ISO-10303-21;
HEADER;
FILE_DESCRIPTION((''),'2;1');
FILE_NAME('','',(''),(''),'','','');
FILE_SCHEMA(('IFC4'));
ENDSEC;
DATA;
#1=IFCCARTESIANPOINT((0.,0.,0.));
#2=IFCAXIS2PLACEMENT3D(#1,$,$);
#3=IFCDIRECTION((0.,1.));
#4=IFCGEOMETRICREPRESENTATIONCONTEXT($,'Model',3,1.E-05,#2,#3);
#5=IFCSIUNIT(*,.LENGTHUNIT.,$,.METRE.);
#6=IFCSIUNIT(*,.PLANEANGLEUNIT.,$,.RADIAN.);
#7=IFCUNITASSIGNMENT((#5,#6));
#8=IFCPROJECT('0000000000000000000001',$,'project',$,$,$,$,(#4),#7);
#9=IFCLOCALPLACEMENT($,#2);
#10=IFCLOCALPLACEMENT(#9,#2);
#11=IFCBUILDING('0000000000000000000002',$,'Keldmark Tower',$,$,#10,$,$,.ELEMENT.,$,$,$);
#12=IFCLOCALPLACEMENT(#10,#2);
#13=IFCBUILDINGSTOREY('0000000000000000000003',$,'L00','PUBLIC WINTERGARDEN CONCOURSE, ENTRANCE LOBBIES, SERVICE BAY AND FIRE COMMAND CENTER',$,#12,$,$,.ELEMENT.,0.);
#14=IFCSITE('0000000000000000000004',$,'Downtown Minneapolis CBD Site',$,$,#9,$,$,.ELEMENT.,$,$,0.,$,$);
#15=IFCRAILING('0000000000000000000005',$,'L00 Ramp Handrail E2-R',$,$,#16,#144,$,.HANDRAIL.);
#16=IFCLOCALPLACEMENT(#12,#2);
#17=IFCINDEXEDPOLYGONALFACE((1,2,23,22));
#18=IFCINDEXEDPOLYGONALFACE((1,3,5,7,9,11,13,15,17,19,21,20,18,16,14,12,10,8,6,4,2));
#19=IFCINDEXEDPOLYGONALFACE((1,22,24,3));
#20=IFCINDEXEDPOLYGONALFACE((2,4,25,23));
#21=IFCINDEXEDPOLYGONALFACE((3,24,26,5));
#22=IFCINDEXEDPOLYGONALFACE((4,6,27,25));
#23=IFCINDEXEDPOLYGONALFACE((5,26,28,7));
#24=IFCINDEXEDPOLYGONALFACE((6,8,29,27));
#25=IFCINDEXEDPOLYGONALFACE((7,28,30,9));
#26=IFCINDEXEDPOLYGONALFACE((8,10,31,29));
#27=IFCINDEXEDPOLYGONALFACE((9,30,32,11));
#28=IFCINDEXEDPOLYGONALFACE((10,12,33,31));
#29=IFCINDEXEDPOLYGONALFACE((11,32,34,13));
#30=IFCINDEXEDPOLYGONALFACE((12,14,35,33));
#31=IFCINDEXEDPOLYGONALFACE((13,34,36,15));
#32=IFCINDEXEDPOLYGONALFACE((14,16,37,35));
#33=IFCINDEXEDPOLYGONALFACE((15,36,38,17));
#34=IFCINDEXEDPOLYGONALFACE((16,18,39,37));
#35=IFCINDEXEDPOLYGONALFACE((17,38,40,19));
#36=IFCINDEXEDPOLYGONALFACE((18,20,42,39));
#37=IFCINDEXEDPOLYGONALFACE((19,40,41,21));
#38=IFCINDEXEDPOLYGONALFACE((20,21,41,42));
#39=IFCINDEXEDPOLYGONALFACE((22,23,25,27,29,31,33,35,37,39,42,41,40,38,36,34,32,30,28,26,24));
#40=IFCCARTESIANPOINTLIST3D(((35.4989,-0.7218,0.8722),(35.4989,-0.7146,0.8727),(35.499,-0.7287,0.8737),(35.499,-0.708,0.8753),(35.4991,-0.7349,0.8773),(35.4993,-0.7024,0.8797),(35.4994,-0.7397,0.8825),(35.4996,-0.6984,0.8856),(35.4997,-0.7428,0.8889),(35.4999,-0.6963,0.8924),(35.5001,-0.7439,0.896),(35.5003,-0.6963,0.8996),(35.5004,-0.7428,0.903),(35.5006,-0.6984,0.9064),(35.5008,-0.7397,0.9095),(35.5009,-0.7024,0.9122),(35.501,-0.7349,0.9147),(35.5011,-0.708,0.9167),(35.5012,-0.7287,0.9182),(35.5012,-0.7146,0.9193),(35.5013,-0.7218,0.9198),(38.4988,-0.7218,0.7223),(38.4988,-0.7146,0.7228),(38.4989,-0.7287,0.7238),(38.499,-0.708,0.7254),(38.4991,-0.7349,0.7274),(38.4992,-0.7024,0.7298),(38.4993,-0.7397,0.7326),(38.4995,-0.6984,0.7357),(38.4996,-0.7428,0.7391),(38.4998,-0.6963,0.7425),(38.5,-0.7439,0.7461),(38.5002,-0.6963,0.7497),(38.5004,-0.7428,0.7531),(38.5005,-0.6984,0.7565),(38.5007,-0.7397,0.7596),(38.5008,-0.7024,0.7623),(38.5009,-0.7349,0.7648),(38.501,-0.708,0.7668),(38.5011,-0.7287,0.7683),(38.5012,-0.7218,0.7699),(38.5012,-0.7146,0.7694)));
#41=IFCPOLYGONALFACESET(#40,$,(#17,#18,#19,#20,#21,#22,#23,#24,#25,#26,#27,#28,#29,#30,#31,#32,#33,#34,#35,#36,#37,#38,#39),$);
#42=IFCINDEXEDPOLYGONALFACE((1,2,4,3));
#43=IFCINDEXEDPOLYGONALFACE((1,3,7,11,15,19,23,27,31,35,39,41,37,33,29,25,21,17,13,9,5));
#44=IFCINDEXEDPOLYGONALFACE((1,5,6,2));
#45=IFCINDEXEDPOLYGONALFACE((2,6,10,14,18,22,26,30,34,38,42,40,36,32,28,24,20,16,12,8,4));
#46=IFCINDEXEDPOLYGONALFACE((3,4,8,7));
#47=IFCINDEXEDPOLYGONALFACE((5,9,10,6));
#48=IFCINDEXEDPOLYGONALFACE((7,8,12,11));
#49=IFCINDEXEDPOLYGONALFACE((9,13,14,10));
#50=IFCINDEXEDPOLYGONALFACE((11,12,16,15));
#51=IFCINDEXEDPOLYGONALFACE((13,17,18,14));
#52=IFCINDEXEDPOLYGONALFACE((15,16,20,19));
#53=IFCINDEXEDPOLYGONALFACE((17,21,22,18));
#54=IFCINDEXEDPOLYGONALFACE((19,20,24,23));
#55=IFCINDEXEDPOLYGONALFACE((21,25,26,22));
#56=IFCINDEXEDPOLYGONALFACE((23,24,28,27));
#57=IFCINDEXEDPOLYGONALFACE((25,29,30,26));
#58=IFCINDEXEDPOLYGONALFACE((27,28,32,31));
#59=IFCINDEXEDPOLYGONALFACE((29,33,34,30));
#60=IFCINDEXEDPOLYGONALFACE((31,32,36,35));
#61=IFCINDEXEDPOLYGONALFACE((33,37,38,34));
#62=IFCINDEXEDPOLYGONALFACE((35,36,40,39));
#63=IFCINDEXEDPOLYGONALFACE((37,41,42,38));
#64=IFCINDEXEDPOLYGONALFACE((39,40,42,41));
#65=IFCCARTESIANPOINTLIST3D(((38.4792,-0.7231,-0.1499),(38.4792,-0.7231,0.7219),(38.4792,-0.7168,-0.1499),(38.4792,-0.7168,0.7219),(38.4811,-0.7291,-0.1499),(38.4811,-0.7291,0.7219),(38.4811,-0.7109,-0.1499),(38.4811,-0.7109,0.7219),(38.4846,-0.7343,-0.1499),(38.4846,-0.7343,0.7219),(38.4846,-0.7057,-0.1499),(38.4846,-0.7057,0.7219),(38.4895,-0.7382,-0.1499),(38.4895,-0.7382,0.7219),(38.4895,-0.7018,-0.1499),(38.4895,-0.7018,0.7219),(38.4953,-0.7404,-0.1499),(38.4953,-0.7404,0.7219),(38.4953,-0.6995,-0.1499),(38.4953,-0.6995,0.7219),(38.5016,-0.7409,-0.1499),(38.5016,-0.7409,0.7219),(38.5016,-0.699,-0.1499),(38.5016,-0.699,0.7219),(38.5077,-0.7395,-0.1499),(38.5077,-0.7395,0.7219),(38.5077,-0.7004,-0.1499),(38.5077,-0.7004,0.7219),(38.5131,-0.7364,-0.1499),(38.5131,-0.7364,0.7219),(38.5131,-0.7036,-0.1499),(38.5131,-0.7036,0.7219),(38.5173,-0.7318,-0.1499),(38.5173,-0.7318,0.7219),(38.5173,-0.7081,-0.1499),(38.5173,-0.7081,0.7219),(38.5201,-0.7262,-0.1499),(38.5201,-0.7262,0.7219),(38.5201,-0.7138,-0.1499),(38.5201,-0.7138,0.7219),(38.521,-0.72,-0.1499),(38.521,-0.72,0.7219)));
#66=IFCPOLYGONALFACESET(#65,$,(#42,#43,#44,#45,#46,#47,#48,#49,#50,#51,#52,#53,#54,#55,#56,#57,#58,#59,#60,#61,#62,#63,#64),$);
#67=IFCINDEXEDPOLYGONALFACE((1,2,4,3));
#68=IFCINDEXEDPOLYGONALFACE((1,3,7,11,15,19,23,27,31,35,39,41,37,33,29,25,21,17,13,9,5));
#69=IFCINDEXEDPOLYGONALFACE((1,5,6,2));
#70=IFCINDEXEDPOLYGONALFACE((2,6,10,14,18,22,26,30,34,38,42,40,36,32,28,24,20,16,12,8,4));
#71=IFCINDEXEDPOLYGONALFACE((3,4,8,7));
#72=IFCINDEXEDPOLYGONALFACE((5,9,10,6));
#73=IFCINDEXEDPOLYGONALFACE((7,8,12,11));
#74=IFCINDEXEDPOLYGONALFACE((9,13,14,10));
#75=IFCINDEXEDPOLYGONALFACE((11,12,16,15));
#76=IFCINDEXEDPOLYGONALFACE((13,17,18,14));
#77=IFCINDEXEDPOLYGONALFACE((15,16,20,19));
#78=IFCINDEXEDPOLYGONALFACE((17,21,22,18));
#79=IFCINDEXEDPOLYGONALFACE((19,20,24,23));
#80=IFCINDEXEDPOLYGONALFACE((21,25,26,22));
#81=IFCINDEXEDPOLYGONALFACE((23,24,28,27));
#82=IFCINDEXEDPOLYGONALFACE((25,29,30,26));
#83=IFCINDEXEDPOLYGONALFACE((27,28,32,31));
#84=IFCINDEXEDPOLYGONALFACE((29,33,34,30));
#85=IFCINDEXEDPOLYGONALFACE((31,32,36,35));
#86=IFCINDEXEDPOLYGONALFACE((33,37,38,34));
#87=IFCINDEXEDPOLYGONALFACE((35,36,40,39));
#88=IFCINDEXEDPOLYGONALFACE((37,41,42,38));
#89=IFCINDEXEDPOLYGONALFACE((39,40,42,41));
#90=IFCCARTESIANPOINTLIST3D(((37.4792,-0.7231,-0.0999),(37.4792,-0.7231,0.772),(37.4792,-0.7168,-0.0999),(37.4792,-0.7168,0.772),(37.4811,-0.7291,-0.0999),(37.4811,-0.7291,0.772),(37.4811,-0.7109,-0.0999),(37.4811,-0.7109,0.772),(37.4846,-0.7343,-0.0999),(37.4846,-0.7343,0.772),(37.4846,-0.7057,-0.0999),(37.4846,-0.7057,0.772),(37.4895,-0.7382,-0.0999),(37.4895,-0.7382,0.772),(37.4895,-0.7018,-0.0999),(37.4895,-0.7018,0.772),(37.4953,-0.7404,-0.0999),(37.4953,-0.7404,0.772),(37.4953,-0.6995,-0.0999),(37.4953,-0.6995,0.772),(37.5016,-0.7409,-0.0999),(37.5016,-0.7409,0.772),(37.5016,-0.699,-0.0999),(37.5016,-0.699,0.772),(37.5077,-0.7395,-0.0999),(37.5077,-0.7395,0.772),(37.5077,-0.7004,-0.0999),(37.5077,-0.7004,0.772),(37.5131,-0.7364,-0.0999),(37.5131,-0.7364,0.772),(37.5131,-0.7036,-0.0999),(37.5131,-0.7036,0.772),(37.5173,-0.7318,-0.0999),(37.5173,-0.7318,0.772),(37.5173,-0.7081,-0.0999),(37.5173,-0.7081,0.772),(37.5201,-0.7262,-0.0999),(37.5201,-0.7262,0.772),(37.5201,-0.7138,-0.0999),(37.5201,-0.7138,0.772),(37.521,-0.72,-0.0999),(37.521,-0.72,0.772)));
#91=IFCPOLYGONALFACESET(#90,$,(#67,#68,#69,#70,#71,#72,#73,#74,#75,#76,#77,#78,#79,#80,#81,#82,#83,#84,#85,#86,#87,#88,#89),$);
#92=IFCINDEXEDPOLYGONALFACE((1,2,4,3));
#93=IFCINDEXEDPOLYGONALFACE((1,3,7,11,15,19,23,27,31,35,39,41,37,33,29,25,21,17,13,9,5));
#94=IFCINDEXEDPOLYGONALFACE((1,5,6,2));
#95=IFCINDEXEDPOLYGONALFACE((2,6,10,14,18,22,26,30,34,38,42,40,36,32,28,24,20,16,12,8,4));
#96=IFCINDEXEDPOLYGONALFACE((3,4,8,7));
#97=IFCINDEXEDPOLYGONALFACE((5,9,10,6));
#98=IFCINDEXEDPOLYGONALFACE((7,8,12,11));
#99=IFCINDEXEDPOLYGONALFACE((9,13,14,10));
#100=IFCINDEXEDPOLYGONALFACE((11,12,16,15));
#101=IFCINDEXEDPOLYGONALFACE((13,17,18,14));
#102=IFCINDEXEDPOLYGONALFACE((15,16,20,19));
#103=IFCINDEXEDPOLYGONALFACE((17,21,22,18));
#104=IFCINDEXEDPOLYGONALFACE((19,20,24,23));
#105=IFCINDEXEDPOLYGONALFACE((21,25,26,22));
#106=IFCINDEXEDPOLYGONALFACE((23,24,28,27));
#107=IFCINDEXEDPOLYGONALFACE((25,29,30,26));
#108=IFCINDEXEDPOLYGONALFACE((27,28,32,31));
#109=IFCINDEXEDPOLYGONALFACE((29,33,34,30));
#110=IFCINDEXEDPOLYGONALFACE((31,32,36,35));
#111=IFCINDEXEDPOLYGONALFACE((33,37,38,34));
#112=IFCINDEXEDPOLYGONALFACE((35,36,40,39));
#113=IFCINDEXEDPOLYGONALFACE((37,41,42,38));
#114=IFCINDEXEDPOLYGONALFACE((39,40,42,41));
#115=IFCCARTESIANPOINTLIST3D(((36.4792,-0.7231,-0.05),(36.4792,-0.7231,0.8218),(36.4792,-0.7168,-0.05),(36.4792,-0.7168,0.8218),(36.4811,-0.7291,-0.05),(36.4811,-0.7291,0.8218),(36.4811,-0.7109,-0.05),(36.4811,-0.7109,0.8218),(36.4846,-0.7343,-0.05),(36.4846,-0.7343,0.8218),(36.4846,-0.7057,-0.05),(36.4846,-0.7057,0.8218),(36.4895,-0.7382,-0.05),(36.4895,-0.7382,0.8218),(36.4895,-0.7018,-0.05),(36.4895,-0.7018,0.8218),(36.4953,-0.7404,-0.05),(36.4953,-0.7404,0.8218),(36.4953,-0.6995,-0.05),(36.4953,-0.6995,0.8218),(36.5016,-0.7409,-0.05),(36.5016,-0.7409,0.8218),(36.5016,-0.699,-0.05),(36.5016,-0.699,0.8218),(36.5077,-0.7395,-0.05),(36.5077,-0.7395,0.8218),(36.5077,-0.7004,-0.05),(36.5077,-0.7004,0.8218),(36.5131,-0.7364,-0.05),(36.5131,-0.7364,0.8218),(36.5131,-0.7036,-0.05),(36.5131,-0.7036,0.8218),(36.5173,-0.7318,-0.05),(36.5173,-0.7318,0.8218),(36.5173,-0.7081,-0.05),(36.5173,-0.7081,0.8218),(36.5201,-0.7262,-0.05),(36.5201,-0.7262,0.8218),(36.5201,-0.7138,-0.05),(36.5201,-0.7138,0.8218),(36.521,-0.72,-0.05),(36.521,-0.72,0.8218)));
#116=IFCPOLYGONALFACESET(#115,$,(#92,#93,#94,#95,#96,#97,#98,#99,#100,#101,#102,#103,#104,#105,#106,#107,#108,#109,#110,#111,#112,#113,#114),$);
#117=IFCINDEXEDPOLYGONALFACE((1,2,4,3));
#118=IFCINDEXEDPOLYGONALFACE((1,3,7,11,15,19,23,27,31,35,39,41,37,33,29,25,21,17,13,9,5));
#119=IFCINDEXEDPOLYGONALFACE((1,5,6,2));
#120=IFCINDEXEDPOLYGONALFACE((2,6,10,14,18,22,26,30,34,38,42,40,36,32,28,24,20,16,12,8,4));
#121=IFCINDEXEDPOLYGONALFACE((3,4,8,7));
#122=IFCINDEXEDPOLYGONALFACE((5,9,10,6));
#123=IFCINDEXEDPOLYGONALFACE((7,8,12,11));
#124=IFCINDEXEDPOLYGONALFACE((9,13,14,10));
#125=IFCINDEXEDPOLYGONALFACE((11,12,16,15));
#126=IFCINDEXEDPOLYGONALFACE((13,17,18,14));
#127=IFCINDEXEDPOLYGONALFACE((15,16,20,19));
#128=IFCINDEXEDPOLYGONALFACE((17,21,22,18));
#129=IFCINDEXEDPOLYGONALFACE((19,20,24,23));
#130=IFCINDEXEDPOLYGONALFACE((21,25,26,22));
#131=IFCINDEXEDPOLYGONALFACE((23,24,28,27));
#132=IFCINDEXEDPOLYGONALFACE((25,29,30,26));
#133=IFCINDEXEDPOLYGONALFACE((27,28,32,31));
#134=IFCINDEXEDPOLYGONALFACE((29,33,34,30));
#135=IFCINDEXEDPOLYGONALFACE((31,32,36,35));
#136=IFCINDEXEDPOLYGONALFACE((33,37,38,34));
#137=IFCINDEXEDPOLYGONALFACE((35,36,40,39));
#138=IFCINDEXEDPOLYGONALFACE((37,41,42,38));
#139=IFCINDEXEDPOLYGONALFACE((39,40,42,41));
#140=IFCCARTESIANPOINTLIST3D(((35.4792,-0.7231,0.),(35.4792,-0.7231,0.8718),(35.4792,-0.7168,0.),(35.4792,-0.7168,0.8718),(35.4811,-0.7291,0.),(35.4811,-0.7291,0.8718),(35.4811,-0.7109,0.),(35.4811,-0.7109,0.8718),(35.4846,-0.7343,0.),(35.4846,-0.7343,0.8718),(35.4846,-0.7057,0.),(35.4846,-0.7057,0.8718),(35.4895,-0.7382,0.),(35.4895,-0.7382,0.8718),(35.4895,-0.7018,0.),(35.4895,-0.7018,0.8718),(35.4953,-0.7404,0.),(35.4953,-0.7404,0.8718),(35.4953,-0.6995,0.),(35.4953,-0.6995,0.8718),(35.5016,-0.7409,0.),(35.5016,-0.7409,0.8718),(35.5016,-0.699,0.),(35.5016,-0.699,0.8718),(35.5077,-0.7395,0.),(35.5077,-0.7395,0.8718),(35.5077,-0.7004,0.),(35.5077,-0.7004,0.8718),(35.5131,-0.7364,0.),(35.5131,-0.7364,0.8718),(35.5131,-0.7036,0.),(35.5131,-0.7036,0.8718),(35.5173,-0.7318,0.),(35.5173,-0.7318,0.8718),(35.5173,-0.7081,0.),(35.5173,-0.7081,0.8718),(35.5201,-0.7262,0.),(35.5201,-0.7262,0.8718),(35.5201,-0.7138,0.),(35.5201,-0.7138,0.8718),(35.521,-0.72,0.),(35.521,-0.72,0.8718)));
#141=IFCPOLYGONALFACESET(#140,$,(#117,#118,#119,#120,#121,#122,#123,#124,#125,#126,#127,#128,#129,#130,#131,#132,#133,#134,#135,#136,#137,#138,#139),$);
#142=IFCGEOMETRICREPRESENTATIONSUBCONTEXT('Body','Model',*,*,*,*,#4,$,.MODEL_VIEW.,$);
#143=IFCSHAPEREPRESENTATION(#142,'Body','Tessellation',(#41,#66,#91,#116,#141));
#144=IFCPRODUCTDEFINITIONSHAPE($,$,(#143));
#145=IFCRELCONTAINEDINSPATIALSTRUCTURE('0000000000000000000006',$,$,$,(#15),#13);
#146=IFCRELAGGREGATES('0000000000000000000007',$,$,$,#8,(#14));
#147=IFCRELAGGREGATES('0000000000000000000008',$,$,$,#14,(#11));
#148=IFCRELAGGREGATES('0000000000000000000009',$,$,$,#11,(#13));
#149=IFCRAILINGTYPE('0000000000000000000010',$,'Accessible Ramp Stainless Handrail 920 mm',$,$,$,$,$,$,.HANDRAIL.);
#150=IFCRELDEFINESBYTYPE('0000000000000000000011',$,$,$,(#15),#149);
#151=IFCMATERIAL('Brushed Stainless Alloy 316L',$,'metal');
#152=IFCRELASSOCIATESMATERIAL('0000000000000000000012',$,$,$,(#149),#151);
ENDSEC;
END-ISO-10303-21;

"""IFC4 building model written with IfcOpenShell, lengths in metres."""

from ifc_helpers import new_model, si_unit, direction, frame, origin, origin_2d, place, context, subcontext, project, spatial, circle, extrude, material, type_object, element, save


model = new_model("IFC4")

# Units and contexts
model_context = context("Model", 3, precision=1e-05, world=origin(), true_north=direction((0.0, 1.0)))
body_context = subcontext(model_context, "Body", "Model", "MODEL_VIEW")
ifc_project = project(units=[si_unit("LENGTHUNIT", "METRE"), si_unit("PLANEANGLEUNIT", "RADIAN")], contexts=[model_context])

# Site, building, storey
site_placement = place(None, origin())
site = spatial("IfcSite", under=ifc_project, at=site_placement, Name="Downtown Minneapolis CBD Site", CompositionType="ELEMENT", RefElevation=0.0)
building_placement = place(site_placement, origin())
building = spatial("IfcBuilding", under=site, at=building_placement, Name="Keldmark Tower", CompositionType="ELEMENT")
storey_placement = place(building_placement, origin())
storey = spatial("IfcBuildingStorey", under=building, at=storey_placement, Name="L00", Description="PUBLIC WINTERGARDEN CONCOURSE, ENTRANCE LOBBIES, SERVICE BAY AND FIRE COMMAND CENTER", CompositionType="ELEMENT", Elevation=0.0)

# Railing
ifc_material_1 = material(Name="Brushed Stainless Alloy 316L", Category="metal")
railing_type = type_object("IfcRailingType", Name="Accessible Ramp Stainless Handrail 920 mm", PredefinedType="HANDRAIL", material=ifc_material_1)
for number, where, name in (
    (1, (38.5, -0.72, -0.1499), "L00 Ramp Handrail E2-R"),
):
    element("IfcRailing", number, at=place(storey_placement, frame(where)), inside=storey, type_object=railing_type, Name=name, PredefinedType="HANDRAIL", context=body_context, shape_type="SweptSolid", body=[
        extrude(circle(Radius=0.0239, at=origin_2d()), frame((0.0, 0.0, 0.896), z_axis=(-0.998754, 0.0, 0.049905), x_axis=(0.0, -1.0, 0.0)), (0.0, 0.0, 1.0), 3.0037),
        extrude(circle(Radius=0.021, at=origin_2d()), origin(), (0.0, 0.0, 1.0), 0.8718),
        extrude(circle(Radius=0.021, at=origin_2d()), frame((-1.0, 0.0, 0.05)), (0.0, 0.0, 1.0), 0.8718),
        extrude(circle(Radius=0.021, at=origin_2d()), frame((-2.0, 0.0, 0.0999)), (0.0, 0.0, 1.0), 0.8718),
        extrude(circle(Radius=0.021, at=origin_2d()), frame((-3.0, 0.0, 0.1499)), (0.0, 0.0, 1.0), 0.8718),
    ])

save(model, "model.ifc")
